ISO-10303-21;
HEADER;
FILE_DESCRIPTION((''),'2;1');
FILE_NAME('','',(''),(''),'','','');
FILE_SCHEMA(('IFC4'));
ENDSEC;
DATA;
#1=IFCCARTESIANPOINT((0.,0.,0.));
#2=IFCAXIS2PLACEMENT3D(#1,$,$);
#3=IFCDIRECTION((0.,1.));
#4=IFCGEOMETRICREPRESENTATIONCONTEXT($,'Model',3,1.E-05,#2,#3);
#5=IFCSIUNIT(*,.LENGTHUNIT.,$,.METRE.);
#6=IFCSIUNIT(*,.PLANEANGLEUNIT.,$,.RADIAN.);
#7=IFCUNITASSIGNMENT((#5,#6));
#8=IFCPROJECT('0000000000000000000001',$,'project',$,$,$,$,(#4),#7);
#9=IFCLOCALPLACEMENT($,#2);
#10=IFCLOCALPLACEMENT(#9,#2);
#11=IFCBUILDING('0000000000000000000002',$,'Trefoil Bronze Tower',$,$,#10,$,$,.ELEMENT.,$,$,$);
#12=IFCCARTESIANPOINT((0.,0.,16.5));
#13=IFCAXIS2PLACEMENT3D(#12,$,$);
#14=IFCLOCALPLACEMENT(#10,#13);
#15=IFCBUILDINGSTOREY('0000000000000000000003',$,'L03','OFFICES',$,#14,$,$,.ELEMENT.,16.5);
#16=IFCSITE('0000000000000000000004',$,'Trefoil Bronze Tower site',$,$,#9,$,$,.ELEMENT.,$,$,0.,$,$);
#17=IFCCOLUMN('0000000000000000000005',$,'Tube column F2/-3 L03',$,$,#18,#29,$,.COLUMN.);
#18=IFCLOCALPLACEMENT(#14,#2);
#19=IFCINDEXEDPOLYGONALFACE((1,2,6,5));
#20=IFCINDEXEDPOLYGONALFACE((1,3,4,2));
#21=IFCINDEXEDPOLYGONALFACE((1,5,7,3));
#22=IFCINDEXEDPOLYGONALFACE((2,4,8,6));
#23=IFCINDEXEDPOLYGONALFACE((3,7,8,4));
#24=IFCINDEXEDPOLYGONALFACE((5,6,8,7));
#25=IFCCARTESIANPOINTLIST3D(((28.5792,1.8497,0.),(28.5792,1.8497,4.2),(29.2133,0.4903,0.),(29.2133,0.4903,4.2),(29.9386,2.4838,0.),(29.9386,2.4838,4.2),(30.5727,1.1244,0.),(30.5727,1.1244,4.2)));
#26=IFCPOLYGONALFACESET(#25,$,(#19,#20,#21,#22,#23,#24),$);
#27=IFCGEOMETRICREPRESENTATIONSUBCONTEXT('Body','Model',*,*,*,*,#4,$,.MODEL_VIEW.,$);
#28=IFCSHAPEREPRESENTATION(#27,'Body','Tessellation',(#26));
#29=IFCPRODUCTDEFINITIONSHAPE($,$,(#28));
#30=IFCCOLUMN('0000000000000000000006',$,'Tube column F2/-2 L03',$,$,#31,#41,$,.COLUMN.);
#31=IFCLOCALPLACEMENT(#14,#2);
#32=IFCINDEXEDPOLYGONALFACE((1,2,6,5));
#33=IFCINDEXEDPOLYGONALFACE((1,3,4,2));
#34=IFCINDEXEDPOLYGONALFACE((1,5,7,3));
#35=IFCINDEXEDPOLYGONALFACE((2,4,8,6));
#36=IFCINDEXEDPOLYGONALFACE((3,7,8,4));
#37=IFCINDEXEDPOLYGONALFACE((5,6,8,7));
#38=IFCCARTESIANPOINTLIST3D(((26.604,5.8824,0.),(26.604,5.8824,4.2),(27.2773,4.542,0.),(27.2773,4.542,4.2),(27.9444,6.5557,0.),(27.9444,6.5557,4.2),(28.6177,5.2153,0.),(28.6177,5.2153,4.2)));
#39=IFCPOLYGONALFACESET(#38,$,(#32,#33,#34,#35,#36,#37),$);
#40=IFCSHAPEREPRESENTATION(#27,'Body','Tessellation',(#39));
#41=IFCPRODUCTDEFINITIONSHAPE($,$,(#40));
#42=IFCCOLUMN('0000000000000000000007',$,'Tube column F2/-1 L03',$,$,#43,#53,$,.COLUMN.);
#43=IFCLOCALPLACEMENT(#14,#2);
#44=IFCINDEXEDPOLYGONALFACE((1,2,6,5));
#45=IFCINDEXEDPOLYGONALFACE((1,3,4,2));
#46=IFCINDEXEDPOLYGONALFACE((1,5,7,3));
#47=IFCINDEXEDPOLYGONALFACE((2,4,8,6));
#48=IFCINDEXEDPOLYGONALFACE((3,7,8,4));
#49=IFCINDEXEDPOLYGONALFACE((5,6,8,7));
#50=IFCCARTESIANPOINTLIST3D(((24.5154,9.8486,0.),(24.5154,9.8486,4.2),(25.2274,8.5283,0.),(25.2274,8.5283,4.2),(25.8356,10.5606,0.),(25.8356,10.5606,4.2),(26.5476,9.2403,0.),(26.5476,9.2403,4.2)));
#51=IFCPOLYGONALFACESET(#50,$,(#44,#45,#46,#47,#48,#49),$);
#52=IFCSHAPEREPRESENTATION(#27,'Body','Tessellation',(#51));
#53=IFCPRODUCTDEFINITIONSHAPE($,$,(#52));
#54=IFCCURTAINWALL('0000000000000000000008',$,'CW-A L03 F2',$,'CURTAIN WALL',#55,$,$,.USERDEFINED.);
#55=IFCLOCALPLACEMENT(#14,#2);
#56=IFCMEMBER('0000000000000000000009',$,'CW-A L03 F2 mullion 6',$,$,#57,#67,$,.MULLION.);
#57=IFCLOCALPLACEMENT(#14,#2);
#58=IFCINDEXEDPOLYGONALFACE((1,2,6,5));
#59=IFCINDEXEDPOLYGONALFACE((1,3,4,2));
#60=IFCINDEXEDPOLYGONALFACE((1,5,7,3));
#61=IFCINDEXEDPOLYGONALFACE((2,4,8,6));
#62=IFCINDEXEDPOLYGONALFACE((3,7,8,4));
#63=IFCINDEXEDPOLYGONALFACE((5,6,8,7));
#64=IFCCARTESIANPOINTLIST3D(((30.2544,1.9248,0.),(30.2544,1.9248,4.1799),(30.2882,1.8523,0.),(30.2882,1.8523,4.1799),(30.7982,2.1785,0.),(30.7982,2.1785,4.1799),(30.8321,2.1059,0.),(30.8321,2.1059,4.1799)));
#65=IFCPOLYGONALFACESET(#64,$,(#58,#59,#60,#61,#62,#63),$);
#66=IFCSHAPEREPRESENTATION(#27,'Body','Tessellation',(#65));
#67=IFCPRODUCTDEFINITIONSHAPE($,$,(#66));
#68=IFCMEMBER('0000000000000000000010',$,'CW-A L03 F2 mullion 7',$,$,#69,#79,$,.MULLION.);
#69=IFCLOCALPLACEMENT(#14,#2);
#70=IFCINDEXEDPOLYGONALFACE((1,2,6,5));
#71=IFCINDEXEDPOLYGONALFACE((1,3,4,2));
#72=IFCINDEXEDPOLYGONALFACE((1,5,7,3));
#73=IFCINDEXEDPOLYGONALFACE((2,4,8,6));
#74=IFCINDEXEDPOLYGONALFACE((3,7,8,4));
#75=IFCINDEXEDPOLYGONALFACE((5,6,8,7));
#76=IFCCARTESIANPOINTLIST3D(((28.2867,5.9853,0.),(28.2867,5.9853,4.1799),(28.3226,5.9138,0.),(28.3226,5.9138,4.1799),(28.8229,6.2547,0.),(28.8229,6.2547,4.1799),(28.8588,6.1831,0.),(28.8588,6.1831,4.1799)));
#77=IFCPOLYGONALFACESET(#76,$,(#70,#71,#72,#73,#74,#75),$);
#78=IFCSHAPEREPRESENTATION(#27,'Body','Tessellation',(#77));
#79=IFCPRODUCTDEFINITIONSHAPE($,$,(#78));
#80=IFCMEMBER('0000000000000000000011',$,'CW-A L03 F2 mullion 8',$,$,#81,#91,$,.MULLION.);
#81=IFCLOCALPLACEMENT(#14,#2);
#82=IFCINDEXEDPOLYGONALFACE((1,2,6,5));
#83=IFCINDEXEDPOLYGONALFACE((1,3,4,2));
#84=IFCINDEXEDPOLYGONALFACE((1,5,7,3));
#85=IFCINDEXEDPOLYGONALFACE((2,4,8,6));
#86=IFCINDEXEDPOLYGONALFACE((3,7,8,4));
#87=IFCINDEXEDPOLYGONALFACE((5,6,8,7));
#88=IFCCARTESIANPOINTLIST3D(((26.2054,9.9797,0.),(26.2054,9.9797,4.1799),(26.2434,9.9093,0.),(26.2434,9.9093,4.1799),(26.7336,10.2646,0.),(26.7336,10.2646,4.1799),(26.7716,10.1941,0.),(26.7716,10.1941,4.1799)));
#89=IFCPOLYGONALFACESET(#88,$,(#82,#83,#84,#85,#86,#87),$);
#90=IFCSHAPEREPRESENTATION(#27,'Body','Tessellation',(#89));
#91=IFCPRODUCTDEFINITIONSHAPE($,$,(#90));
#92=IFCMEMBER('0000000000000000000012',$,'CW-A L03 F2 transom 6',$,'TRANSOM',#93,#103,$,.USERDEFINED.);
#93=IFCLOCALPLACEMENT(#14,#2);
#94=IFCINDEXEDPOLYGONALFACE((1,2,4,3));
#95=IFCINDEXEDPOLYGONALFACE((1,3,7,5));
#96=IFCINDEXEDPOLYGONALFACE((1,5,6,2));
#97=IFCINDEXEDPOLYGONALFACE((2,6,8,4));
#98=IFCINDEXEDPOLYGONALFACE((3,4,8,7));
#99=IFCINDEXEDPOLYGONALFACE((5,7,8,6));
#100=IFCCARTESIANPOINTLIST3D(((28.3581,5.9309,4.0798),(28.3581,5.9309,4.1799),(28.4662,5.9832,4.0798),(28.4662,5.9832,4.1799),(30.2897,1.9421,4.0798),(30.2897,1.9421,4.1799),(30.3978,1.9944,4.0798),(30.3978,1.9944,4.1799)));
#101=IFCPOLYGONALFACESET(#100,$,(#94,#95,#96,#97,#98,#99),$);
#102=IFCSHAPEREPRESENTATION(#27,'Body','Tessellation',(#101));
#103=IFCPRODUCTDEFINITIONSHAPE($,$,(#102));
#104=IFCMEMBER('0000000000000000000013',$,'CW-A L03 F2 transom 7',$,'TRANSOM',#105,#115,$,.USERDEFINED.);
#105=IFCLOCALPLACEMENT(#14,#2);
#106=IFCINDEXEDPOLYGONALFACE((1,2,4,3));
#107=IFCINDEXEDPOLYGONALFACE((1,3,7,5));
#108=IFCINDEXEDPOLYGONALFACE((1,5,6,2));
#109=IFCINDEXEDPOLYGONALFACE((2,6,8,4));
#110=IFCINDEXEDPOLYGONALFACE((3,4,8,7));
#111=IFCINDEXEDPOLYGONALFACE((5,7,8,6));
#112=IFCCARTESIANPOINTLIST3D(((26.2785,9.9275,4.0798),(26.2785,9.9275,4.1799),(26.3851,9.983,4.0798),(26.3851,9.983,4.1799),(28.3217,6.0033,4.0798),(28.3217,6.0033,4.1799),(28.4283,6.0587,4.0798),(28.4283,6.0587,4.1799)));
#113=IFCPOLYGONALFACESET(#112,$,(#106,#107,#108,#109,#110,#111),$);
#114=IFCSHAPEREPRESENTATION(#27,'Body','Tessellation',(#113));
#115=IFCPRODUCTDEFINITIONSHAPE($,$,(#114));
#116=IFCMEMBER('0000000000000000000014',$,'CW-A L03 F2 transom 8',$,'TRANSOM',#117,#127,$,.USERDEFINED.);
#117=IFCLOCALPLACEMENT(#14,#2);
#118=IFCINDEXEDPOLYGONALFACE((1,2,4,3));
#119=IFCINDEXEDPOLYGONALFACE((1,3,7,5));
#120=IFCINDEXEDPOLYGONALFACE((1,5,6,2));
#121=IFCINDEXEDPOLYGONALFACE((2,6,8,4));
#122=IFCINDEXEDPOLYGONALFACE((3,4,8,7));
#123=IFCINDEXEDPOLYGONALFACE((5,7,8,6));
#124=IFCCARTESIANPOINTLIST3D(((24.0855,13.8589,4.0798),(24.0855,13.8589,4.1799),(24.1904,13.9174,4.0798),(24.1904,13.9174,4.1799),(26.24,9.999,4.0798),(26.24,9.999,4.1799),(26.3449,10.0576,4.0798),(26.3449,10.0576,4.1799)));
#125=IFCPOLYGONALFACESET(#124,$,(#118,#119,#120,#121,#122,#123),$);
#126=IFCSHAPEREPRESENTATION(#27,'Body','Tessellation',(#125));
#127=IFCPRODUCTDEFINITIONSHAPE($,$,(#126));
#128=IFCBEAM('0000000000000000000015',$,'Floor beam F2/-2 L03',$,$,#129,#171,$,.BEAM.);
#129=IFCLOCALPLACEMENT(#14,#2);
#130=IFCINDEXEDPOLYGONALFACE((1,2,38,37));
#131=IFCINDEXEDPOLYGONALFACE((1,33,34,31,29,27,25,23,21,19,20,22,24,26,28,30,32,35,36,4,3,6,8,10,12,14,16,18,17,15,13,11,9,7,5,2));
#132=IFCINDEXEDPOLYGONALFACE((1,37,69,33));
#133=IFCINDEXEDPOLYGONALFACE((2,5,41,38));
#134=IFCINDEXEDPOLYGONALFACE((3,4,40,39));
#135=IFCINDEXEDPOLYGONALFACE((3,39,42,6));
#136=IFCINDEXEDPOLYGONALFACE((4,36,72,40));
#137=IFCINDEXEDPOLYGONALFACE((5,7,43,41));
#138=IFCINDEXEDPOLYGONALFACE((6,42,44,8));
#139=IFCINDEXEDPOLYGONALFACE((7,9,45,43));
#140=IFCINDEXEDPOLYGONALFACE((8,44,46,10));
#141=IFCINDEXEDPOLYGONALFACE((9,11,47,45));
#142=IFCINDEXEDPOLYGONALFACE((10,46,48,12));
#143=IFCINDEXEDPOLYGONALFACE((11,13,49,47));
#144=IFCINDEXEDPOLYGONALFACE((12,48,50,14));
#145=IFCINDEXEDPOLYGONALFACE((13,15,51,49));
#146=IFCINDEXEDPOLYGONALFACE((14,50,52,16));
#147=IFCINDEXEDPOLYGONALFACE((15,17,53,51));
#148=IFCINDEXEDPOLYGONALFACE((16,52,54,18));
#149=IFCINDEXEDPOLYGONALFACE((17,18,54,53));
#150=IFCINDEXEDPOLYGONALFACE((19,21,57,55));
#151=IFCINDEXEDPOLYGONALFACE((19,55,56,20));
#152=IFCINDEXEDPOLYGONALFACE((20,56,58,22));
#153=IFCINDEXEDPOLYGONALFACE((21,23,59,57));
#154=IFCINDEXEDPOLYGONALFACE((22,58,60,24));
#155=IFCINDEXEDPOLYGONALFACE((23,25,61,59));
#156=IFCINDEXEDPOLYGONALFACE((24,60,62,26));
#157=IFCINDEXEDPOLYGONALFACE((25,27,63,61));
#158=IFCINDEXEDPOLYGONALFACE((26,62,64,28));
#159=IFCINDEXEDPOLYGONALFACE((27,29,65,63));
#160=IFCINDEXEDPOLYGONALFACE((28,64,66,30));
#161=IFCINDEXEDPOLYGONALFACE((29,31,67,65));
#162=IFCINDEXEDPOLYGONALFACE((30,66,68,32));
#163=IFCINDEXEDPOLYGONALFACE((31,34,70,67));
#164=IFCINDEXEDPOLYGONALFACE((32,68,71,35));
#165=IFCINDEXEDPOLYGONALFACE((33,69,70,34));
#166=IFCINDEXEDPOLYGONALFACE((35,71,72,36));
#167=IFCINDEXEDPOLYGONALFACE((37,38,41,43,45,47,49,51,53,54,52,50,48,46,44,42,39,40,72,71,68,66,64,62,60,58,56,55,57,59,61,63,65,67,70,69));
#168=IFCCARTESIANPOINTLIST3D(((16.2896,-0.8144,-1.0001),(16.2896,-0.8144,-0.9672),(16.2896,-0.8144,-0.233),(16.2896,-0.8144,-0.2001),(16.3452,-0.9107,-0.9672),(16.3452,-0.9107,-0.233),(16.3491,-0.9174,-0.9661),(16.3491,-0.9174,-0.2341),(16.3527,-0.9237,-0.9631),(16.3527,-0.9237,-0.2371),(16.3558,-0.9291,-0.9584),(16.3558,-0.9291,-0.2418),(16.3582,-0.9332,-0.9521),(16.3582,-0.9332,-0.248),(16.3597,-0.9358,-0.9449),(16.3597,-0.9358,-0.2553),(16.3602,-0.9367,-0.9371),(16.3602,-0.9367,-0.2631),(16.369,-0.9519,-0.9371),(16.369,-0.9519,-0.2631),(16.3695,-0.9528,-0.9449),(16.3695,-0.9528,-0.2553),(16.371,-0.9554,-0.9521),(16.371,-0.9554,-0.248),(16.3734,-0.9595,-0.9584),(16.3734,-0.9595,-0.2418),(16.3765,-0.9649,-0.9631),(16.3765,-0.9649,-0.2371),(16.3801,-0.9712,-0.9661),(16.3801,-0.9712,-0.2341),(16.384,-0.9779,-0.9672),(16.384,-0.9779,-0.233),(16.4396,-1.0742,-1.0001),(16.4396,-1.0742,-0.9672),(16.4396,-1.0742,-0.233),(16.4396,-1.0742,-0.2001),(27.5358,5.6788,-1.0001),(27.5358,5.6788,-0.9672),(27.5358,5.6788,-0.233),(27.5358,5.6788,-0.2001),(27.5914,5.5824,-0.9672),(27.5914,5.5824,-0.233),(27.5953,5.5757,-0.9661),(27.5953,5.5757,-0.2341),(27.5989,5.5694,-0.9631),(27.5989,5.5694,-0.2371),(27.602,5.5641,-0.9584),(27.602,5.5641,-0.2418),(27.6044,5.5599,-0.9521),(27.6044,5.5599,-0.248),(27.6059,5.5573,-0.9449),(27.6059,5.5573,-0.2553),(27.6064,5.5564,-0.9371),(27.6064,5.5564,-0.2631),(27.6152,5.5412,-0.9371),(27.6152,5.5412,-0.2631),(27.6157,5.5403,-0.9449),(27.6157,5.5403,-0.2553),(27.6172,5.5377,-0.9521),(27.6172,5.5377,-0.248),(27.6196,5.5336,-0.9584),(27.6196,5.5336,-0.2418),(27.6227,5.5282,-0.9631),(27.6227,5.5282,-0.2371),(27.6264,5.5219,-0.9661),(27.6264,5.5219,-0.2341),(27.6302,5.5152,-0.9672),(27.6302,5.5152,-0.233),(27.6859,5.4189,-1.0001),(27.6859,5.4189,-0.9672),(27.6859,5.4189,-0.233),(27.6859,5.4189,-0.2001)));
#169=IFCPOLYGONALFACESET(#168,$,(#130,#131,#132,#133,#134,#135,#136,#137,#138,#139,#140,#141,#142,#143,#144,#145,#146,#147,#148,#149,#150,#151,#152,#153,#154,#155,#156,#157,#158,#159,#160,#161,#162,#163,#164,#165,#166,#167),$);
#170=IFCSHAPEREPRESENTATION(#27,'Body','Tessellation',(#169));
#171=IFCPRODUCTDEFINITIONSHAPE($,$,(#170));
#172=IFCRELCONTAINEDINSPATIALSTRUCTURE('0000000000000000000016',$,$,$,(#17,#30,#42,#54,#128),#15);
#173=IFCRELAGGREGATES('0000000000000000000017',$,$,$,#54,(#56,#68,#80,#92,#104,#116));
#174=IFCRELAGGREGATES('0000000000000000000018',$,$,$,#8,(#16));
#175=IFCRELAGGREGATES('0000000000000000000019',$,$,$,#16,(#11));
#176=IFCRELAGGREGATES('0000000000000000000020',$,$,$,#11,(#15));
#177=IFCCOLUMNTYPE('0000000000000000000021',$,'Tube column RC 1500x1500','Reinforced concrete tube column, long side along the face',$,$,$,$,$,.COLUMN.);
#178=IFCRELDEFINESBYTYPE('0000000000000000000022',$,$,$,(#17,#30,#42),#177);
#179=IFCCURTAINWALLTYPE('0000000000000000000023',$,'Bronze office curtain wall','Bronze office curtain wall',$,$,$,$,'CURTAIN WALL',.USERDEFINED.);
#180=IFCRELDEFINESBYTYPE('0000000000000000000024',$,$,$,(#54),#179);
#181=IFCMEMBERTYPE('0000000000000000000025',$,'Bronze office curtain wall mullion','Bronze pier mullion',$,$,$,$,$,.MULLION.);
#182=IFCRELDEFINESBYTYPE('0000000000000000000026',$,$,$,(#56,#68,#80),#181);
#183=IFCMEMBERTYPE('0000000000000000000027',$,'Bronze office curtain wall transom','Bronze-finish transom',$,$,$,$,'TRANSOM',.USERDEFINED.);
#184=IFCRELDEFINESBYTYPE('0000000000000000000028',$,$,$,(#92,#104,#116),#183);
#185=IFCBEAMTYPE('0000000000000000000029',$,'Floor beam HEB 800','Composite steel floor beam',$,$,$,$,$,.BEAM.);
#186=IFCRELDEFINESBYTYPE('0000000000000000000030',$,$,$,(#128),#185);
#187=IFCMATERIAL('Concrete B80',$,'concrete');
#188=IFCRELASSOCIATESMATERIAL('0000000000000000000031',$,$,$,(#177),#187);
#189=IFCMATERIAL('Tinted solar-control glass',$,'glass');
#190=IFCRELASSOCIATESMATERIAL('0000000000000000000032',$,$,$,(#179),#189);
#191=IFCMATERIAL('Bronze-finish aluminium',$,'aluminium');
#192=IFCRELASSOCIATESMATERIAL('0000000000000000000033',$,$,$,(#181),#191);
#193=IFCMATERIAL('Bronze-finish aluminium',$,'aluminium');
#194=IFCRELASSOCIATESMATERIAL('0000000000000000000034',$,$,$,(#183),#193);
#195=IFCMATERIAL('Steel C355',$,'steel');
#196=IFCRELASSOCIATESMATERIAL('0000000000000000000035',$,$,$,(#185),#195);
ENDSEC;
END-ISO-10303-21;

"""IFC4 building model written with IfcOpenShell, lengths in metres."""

from ifc_helpers import new_model, si_unit, direction, frame, origin, origin_2d, place, context, subcontext, project, spatial, rectangle, i_section, extrude, material, material_profile, profile_set, type_object, element, aggregate, save


model = new_model("IFC4")

# Units and contexts
model_context = context("Model", 3, precision=1e-05, world=origin(), true_north=direction((0.0, 1.0)))
body_context = subcontext(model_context, "Body", "Model", "MODEL_VIEW")
ifc_project = project(units=[si_unit("LENGTHUNIT", "METRE"), si_unit("PLANEANGLEUNIT", "RADIAN")], contexts=[model_context])

# Site, building, storey
site_placement = place(None, origin())
site = spatial("IfcSite", under=ifc_project, at=site_placement, Name="Trefoil Bronze Tower site", CompositionType="ELEMENT", RefElevation=0.0)
building_placement = place(site_placement, origin())
building = spatial("IfcBuilding", under=site, at=building_placement, Name="Trefoil Bronze Tower", CompositionType="ELEMENT")
storey_placement = place(building_placement, frame((0.0, 0.0, 16.5)))
storey = spatial("IfcBuildingStorey", under=building, at=storey_placement, Name="L03", Description="OFFICES", CompositionType="ELEMENT", Elevation=16.5)

# Columns
ifc_material_1 = material(Name="Concrete B80", Category="concrete")
ifc_material_profile_1 = material_profile(ifc_material_1, rectangle(XDim=1.5, YDim=1.5, at=origin_2d()), Name="RC 1500x1500")
ifc_profile_set_1 = profile_set([ifc_material_profile_1], Name="Concrete B80")
column_type = type_object("IfcColumnType", Name="Tube column RC 1500x1500", Description="Reinforced concrete tube column, long side along the face", PredefinedType="COLUMN", material=ifc_profile_set_1)
for number, where, z_axis, x_axis, name in (
    (1, (29.5759, 1.4871, 0.0), (0.0, 0.0, 1.0), (-0.422701, 0.906269, 0.0), "Tube column F2/-3 L03"),
    (2, (27.6108, 5.5488, 0.0), (0.0, 0.0, 1.0), (-0.44889, 0.893587, 0.0), "Tube column F2/-2 L03"),
    (3, (25.5315, 9.5444, 0.0), (0.0, 0.0, 1.0), (-0.474656, 0.880171, 0.0), "Tube column F2/-1 L03"),
):
    element("IfcColumn", number, at=place(storey_placement, frame(where, z_axis=z_axis, x_axis=x_axis)), inside=storey, type_object=column_type, Name=name, PredefinedType="COLUMN", context=body_context, shape_type="SweptSolid", body=[
        extrude(rectangle(XDim=1.5, YDim=1.5, at=origin_2d()), origin(), (0.0, 0.0, 1.0), 4.2),
    ])

# Curtain wall, members
ifc_material_2 = material(Name="Tinted solar-control glass", Category="glass")
curtain_wall_type = type_object("IfcCurtainWallType", Name="Bronze office curtain wall", Description="Bronze office curtain wall", ElementType="CURTAIN WALL", PredefinedType="USERDEFINED", material=ifc_material_2)
curtain_wall_placement = place(storey_placement, origin())
curtain_wall = element("IfcCurtainWall", 4, at=curtain_wall_placement, inside=storey, type_object=curtain_wall_type, Name="CW-A L03 F2", ObjectType="CURTAIN WALL", PredefinedType="USERDEFINED")
ifc_material_3 = material(Name="Bronze-finish aluminium", Category="aluminium")
ifc_material_profile_2 = material_profile(ifc_material_3, rectangle(XDim=0.6001, YDim=0.0801, at=origin_2d()), Name="CW-A mullion")
ifc_profile_set_2 = profile_set([ifc_material_profile_2], Name="Bronze-finish aluminium")
member_type_1 = type_object("IfcMemberType", Name="Bronze office curtain wall mullion", Description="Bronze pier mullion", PredefinedType="MULLION", material=ifc_profile_set_2)
member_1_placement = place(storey_placement, frame((30.5432, 2.0154, 0.0), z_axis=(0.0, 0.0, 1.0), x_axis=(-0.906269, -0.422701, 0.0)))
member_1 = element("IfcMember", 5, at=member_1_placement, type_object=member_type_1, Name="CW-A L03 F2 mullion 6", PredefinedType="MULLION", context=body_context, shape_type="SweptSolid", body=[
    extrude(rectangle(XDim=0.6001, YDim=0.0801, at=origin_2d()), origin(), (0.0, 0.0, 1.0), 4.1799),
])
member_2_placement = place(storey_placement, frame((28.5728, 6.0842, 0.0), z_axis=(0.0, 0.0, 1.0), x_axis=(-0.893587, -0.44889, 0.0)))
member_2 = element("IfcMember", 6, at=member_2_placement, type_object=member_type_1, Name="CW-A L03 F2 mullion 7", PredefinedType="MULLION", context=body_context, shape_type="SweptSolid", body=[
    extrude(rectangle(XDim=0.6001, YDim=0.0801, at=origin_2d()), origin(), (0.0, 0.0, 1.0), 4.1799),
])
member_3_placement = place(storey_placement, frame((26.4885, 10.0869, 0.0), z_axis=(0.0, 0.0, 1.0), x_axis=(-0.880171, -0.474656, 0.0)))
member_3 = element("IfcMember", 7, at=member_3_placement, type_object=member_type_1, Name="CW-A L03 F2 mullion 8", PredefinedType="MULLION", context=body_context, shape_type="SweptSolid", body=[
    extrude(rectangle(XDim=0.6001, YDim=0.0801, at=origin_2d()), origin(), (0.0, 0.0, 1.0), 4.1799),
])
ifc_material_4 = material(Name="Bronze-finish aluminium", Category="aluminium")
ifc_material_profile_3 = material_profile(ifc_material_4, rectangle(XDim=0.1201, YDim=0.1001, at=origin_2d()), Name="CW-A transom")
ifc_profile_set_3 = profile_set([ifc_material_profile_3], Name="Bronze-finish aluminium")
member_type_2 = type_object("IfcMemberType", Name="Bronze office curtain wall transom", Description="Bronze-finish transom", ElementType="TRANSOM", PredefinedType="USERDEFINED", material=ifc_profile_set_3)
member_4_placement = place(storey_placement, frame((30.3438, 1.9683, 4.1299), z_axis=(-0.435852, 0.900018, 0.0), x_axis=(-0.900018, -0.435852, 0.0)))
member_4 = element("IfcMember", 8, at=member_4_placement, type_object=member_type_2, Name="CW-A L03 F2 transom 6", ObjectType="TRANSOM", PredefinedType="USERDEFINED", context=body_context, shape_type="SweptSolid", body=[
    extrude(rectangle(XDim=0.1201, YDim=0.1001, at=origin_2d()), origin(), (0.0, 0.0, 1.0), 4.4319),
])
member_5_placement = place(storey_placement, frame((28.375, 6.031, 4.1299), z_axis=(-0.46181, 0.886979, 0.0), x_axis=(-0.886979, -0.46181, 0.0)))
member_5 = element("IfcMember", 9, at=member_5_placement, type_object=member_type_2, Name="CW-A L03 F2 transom 7", ObjectType="TRANSOM", PredefinedType="USERDEFINED", context=body_context, shape_type="SweptSolid", body=[
    extrude(rectangle(XDim=0.1201, YDim=0.1001, at=origin_2d()), origin(), (0.0, 0.0, 1.0), 4.4243),
])
member_6_placement = place(storey_placement, frame((26.2925, 10.0283, 4.1299), z_axis=(-0.4874, 0.873179, 0.0), x_axis=(-0.873179, -0.4874, 0.0)))
member_6 = element("IfcMember", 10, at=member_6_placement, type_object=member_type_2, Name="CW-A L03 F2 transom 8", ObjectType="TRANSOM", PredefinedType="USERDEFINED", context=body_context, shape_type="SweptSolid", body=[
    extrude(rectangle(XDim=0.1201, YDim=0.1001, at=origin_2d()), origin(), (0.0, 0.0, 1.0), 4.4204),
])

# Beam
ifc_material_5 = material(Name="Steel C355", Category="steel")
ifc_material_profile_4 = material_profile(ifc_material_5, i_section(OverallWidth=0.3, OverallDepth=0.8, WebThickness=0.0176, FlangeThickness=0.033, FilletRadius=0.03, at=origin_2d()), Name="HEB 800")
ifc_profile_set_4 = profile_set([ifc_material_profile_4], Name="Steel C355")
beam_type_1 = type_object("IfcBeamType", Name="Floor beam HEB 800", Description="Composite steel floor beam", PredefinedType="BEAM", material=ifc_profile_set_4)
beam_1_placement = place(storey_placement, frame((27.6108, 5.5488, -0.6001), z_axis=(-0.866022, -0.500005, 0.0), x_axis=(0.500005, -0.866022, 0.0)))
element("IfcBeam", 11, at=beam_1_placement, inside=storey, type_object=beam_type_1, Name="Floor beam F2/-2 L03", PredefinedType="BEAM", context=body_context, shape_type="SweptSolid", body=[
    extrude(i_section(OverallWidth=0.3, OverallDepth=0.8, WebThickness=0.0176, FlangeThickness=0.033, FilletRadius=0.03, at=origin_2d()), origin(), (0.0, 0.0, 1.0), 12.9861),
])

aggregate(curtain_wall, [member_1, member_2, member_3, member_4, member_5, member_6])

save(model, "model.ifc")
